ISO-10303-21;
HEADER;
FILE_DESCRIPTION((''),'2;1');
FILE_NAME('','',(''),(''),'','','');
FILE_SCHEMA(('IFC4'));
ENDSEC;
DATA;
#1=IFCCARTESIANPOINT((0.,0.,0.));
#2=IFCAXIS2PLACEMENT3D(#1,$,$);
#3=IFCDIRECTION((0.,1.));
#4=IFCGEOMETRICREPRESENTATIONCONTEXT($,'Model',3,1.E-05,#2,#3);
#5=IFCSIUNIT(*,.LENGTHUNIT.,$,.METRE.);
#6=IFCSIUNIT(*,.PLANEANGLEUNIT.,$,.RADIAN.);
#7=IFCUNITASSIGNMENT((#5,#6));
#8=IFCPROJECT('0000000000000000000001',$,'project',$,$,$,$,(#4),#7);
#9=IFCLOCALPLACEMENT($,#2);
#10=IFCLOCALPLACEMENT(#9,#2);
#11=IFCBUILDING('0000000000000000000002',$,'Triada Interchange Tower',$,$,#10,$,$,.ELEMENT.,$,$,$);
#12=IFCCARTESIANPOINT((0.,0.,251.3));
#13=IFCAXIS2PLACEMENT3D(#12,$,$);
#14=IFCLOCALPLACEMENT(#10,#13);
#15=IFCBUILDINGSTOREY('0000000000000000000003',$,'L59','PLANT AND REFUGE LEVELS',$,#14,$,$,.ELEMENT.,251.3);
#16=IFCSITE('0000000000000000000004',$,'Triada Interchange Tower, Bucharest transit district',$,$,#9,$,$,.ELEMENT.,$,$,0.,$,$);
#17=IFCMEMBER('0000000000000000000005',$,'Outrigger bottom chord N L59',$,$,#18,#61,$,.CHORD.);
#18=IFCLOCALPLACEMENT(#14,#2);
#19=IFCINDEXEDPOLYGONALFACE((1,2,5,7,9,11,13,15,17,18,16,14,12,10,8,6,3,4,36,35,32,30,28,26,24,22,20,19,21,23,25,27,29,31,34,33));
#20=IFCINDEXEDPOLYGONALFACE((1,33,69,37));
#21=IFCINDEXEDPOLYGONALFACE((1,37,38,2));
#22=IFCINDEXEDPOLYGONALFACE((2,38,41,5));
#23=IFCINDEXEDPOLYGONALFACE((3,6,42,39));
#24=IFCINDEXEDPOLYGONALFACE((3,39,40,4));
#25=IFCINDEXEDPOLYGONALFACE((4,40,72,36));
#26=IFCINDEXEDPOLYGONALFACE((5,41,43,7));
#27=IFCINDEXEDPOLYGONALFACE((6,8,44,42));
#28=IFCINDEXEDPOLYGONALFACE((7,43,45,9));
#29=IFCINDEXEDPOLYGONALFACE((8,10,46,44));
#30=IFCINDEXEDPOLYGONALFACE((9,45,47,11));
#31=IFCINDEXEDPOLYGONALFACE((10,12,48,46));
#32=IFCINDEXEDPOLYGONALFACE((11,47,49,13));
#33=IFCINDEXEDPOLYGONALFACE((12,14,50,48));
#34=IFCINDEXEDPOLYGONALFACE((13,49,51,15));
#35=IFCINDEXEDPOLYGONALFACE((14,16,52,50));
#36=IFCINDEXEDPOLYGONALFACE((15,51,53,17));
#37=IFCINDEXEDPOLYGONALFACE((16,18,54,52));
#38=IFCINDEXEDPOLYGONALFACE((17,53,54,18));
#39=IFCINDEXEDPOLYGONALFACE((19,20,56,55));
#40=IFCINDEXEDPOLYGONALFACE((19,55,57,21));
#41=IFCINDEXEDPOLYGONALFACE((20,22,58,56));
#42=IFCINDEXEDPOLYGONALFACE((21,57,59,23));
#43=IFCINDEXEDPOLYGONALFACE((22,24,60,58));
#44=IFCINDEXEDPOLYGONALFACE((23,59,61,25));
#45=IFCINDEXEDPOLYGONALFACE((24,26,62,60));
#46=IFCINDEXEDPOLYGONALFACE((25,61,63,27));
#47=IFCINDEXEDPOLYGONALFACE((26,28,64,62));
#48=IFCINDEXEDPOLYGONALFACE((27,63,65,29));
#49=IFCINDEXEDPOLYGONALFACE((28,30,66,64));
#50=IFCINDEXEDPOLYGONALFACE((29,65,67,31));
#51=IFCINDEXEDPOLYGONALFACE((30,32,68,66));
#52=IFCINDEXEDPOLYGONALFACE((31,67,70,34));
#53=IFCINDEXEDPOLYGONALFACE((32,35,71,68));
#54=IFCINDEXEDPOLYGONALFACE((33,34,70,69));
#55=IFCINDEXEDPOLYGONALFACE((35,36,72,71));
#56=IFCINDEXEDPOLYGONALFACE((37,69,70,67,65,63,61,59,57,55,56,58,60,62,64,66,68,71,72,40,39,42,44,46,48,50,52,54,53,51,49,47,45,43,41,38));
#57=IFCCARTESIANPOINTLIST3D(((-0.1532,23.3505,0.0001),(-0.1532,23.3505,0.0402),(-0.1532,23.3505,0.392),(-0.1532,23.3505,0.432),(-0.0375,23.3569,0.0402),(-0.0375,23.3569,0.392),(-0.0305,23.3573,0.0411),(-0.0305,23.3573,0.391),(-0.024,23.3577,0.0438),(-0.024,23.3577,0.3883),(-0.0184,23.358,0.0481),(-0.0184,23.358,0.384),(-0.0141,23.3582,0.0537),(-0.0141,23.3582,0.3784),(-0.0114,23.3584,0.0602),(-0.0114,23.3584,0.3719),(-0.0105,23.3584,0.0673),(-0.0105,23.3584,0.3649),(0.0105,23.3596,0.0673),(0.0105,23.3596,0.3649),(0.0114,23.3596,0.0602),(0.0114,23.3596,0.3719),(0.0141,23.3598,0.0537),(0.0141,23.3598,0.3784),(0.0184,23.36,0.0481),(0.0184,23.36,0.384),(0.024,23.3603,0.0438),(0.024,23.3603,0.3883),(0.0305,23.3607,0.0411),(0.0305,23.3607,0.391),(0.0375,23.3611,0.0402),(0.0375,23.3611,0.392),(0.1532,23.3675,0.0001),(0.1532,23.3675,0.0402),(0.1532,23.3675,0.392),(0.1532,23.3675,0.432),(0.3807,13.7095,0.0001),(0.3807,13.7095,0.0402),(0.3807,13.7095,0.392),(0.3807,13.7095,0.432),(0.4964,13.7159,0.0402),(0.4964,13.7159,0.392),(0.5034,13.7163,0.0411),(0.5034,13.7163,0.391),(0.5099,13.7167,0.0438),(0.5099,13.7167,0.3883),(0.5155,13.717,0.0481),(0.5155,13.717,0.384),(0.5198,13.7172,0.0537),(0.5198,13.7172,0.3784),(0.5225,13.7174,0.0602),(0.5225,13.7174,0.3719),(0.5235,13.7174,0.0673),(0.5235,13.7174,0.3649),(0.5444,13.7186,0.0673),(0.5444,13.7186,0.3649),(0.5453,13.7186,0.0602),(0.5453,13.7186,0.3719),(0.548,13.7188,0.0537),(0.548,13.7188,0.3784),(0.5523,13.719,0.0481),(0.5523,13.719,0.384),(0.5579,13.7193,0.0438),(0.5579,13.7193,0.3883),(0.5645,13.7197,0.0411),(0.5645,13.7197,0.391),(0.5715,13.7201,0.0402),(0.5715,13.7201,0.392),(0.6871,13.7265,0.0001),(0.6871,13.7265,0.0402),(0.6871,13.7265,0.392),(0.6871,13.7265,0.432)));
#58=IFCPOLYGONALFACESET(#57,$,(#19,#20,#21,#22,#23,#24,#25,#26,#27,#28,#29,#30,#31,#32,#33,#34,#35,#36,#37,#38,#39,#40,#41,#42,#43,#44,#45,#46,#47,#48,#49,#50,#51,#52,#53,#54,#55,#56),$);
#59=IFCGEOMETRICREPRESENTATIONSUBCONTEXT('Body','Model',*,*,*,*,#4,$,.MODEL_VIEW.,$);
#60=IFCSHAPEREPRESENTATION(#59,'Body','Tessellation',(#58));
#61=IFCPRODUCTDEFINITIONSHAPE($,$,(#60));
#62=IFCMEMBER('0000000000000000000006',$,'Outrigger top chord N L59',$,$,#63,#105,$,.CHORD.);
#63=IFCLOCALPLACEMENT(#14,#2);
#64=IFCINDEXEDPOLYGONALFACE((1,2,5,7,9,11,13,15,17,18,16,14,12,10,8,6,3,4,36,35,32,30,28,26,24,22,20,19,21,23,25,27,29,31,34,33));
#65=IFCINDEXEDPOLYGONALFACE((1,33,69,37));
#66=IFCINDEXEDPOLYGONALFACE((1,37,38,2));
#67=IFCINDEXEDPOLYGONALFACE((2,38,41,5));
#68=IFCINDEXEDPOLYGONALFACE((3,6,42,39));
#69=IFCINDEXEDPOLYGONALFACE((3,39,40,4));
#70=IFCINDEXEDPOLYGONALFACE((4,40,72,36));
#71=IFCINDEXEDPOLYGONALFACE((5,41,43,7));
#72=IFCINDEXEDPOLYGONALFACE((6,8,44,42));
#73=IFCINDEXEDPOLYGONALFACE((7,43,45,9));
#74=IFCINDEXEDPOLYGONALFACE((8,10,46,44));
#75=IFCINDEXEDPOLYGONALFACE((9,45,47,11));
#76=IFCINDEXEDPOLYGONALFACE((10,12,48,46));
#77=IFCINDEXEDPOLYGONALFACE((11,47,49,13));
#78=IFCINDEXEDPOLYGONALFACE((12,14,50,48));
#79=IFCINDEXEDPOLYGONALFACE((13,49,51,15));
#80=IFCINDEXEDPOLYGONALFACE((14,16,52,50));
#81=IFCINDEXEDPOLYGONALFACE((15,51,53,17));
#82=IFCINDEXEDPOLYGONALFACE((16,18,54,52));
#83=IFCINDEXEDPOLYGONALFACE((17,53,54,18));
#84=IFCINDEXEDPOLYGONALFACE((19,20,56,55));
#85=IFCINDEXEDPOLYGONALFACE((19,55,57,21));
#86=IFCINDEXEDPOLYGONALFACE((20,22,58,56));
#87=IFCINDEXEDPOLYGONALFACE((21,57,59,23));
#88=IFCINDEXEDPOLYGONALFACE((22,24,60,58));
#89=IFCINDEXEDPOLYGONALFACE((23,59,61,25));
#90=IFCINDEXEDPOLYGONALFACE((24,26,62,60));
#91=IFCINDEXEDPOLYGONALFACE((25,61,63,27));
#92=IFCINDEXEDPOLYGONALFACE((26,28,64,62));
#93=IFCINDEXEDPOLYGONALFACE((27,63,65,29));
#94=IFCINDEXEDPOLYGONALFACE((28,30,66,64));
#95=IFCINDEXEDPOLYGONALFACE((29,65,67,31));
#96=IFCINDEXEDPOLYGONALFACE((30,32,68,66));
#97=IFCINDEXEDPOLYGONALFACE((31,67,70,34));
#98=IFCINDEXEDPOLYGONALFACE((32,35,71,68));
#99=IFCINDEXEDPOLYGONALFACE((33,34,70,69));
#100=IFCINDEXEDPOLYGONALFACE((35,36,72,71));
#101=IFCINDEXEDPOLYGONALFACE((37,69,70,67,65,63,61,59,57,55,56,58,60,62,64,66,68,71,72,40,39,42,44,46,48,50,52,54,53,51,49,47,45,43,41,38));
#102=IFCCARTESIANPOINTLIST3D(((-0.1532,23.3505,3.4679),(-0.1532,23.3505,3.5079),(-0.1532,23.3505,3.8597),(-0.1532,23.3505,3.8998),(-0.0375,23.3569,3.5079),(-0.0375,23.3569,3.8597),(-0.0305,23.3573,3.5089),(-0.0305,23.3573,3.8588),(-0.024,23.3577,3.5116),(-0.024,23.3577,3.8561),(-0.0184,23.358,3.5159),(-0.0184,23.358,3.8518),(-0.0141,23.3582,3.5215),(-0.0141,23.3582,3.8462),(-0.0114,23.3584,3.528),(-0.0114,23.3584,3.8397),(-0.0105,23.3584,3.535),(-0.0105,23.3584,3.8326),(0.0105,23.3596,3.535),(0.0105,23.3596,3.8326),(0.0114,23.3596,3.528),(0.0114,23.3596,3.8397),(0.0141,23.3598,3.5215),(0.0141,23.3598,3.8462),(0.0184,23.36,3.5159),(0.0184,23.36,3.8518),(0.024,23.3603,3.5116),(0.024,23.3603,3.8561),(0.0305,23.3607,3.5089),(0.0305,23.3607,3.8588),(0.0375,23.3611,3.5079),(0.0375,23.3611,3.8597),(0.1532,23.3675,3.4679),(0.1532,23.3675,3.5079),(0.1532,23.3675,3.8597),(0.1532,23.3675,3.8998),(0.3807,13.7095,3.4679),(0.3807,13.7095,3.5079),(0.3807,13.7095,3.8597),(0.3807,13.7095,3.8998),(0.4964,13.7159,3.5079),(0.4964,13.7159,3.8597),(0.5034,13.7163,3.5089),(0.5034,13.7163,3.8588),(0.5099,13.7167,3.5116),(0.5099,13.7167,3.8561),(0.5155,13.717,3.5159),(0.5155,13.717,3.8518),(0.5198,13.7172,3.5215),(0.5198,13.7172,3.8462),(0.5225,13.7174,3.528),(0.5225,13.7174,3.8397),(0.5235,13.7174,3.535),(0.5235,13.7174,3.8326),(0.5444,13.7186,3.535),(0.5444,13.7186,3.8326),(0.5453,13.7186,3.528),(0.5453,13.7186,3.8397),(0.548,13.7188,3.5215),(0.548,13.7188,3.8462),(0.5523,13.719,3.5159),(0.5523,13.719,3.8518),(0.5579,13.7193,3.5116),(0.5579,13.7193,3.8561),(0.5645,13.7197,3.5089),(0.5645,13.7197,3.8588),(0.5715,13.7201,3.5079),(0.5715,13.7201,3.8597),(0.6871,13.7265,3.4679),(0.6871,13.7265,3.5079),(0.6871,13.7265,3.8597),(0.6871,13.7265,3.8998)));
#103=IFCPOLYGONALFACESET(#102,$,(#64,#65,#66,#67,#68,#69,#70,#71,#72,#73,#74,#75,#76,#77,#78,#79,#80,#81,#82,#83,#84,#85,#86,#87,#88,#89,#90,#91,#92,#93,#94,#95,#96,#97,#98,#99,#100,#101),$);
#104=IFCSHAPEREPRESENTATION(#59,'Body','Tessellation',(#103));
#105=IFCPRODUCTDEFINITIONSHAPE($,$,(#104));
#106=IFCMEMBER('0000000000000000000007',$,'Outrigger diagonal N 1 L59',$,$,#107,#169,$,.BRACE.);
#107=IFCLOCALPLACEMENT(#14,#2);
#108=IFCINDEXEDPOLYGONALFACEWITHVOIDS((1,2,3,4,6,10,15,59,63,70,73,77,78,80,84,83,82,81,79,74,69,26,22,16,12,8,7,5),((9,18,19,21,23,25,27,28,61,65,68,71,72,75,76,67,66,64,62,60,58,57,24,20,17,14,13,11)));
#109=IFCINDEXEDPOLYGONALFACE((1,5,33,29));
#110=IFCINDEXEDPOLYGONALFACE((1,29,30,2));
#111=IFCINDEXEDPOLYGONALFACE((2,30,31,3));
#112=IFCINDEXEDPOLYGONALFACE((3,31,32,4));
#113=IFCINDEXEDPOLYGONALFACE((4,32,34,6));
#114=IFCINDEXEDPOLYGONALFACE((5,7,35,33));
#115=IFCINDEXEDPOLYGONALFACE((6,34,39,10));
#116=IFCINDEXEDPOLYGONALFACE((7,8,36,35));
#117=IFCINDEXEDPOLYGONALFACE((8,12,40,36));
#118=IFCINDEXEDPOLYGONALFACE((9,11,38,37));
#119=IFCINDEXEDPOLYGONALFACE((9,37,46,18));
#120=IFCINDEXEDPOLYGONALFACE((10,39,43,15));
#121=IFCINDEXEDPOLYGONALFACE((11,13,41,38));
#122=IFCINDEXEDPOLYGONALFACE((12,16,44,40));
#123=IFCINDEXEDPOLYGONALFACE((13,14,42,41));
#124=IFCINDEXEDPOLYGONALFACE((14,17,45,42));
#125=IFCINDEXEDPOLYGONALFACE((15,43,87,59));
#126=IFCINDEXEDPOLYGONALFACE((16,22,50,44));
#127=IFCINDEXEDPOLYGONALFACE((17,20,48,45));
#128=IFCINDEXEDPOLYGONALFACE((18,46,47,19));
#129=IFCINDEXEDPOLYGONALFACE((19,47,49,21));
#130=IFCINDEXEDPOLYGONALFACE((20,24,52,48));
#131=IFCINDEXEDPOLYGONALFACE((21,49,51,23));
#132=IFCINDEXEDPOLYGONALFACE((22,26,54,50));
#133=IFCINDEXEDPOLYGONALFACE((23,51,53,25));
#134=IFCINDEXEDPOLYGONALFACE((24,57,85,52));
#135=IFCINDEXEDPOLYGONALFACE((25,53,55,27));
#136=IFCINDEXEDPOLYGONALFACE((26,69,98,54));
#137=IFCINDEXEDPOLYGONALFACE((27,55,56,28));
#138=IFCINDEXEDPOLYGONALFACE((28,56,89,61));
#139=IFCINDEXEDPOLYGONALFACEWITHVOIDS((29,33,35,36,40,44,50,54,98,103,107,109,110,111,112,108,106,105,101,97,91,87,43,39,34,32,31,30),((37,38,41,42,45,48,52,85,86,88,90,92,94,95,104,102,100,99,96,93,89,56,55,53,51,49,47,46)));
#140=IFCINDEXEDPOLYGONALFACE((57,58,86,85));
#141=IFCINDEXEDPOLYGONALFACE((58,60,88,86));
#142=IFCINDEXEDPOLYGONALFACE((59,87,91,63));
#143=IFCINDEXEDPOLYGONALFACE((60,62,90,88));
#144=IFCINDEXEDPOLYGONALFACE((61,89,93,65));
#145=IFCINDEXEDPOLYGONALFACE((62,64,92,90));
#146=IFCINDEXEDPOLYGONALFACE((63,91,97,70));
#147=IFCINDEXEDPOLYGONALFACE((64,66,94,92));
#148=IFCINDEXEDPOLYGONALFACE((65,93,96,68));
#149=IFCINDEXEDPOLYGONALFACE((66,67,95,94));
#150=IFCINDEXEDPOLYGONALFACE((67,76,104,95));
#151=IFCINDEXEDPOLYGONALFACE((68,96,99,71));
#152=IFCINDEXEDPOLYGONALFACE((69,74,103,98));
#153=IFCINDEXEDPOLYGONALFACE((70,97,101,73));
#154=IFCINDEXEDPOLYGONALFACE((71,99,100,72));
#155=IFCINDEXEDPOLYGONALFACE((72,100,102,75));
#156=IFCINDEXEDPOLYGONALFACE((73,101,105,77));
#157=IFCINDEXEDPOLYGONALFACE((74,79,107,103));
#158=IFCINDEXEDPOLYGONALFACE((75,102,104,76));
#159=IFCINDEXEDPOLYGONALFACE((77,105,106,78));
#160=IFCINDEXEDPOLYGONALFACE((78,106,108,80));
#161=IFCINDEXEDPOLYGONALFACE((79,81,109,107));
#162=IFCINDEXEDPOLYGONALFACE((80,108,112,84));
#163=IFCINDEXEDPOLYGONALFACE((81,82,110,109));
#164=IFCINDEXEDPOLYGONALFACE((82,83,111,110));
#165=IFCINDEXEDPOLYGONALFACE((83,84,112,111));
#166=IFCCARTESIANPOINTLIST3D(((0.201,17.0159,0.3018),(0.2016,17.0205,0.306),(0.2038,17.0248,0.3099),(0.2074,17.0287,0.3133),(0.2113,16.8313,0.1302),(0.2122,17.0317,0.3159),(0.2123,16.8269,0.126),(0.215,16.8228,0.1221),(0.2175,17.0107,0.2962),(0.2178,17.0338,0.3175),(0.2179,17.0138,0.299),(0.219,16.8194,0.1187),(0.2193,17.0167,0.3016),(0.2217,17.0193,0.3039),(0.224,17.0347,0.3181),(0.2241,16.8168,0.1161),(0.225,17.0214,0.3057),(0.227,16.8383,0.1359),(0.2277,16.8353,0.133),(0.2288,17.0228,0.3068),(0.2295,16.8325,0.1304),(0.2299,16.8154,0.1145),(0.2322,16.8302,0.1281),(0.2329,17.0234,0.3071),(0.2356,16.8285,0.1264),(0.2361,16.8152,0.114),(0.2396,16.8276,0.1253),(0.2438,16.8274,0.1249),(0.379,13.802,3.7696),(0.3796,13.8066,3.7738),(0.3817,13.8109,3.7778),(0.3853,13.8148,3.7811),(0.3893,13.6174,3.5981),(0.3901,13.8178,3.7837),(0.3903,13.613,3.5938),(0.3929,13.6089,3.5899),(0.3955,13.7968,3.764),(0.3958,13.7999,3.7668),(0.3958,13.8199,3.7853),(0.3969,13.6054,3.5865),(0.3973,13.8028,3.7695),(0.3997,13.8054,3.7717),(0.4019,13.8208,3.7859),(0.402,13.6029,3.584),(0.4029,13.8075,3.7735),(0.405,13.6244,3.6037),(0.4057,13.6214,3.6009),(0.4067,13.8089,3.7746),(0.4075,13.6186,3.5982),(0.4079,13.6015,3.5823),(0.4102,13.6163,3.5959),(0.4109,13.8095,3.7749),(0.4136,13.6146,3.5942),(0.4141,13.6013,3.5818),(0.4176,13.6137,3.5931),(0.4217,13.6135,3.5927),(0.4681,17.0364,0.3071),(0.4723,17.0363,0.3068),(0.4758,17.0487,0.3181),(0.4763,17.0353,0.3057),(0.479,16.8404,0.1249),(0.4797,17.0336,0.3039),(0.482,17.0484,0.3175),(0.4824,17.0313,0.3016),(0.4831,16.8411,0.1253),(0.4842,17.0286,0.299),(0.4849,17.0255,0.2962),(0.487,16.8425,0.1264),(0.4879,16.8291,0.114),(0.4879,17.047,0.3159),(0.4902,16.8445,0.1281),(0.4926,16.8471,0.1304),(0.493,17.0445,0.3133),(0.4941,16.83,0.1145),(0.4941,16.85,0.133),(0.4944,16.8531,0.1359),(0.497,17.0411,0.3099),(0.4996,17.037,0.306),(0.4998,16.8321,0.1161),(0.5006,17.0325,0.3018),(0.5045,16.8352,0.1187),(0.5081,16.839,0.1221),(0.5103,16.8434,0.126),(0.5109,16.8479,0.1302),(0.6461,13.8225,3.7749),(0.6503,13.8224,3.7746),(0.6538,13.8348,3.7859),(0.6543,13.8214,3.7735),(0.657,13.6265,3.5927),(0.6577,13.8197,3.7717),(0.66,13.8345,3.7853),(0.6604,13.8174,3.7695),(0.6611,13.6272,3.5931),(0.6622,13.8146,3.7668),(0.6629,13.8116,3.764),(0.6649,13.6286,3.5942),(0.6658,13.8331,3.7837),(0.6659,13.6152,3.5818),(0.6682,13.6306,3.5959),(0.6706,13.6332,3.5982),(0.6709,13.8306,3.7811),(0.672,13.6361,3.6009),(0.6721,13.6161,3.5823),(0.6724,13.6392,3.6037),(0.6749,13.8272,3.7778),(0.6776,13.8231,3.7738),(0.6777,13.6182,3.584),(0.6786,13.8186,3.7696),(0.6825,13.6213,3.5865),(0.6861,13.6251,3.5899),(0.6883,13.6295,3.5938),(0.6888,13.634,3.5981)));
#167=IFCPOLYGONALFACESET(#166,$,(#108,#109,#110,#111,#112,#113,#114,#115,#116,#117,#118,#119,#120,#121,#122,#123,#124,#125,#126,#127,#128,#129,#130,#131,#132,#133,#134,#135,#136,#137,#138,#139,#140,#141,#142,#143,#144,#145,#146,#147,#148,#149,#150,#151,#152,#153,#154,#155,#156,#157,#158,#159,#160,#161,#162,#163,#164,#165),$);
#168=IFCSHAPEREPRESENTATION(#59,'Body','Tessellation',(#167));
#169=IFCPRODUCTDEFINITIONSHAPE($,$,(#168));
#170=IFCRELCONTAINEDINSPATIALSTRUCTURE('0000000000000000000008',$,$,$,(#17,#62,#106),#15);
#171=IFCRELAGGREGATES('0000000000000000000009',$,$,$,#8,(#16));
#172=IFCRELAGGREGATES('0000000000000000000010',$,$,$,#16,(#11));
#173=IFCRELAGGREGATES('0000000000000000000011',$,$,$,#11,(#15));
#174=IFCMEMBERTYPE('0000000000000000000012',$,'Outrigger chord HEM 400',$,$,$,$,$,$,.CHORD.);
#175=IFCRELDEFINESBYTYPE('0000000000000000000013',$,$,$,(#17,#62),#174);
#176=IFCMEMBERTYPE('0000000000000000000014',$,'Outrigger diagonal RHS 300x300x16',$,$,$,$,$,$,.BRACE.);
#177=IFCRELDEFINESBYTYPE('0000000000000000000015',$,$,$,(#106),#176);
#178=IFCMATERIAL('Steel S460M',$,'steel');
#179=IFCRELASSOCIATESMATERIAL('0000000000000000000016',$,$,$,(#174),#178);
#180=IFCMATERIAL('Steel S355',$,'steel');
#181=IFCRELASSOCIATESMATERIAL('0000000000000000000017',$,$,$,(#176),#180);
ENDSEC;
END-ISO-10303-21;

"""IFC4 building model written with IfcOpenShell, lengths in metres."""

from ifc_helpers import new_model, si_unit, direction, frame, origin, origin_2d, place, context, subcontext, project, spatial, hollow_rectangle, i_section, extrude, material, material_profile, profile_set, type_object, element, save


model = new_model("IFC4")

# Units and contexts
model_context = context("Model", 3, precision=1e-05, world=origin(), true_north=direction((0.0, 1.0)))
body_context = subcontext(model_context, "Body", "Model", "MODEL_VIEW")
ifc_project = project(units=[si_unit("LENGTHUNIT", "METRE"), si_unit("PLANEANGLEUNIT", "RADIAN")], contexts=[model_context])

# Site, building, storey
site_placement = place(None, origin())
site = spatial("IfcSite", under=ifc_project, at=site_placement, Name="Triada Interchange Tower, Bucharest transit district", CompositionType="ELEMENT", RefElevation=0.0)
building_placement = place(site_placement, origin())
building = spatial("IfcBuilding", under=site, at=building_placement, Name="Triada Interchange Tower", CompositionType="ELEMENT")
storey_placement = place(building_placement, frame((0.0, 0.0, 251.3)))
storey = spatial("IfcBuildingStorey", under=building, at=storey_placement, Name="L59", Description="PLANT AND REFUGE LEVELS", CompositionType="ELEMENT", Elevation=251.3)

# Shared definitions
ifc_material_1 = material(Name="Steel S355", Category="steel")

# Members
ifc_material_2 = material(Name="Steel S460M", Category="steel")
ifc_material_profile_1 = material_profile(ifc_material_2, i_section(OverallWidth=0.3069, OverallDepth=0.4319, WebThickness=0.021, FlangeThickness=0.04, FilletRadius=0.0271, at=origin_2d()), Name="HEM 400")
ifc_profile_set_1 = profile_set([ifc_material_profile_1], Name="Steel S460M")
member_type_1 = type_object("IfcMemberType", Name="Outrigger chord HEM 400", PredefinedType="CHORD", material=ifc_profile_set_1)
for number, where, z_axis, x_axis, name in (
    (1, (0.5339, 13.718, 0.2161), (-0.055298, 0.99847, 0.0), (-0.99847, -0.055298, 0.0), "Outrigger bottom chord N L59"),
    (2, (0.5339, 13.718, 3.6838), (-0.055298, 0.99847, 0.0), (-0.99847, -0.055298, 0.0), "Outrigger top chord N L59"),
):
    element("IfcMember", number, at=place(storey_placement, frame(where, z_axis=z_axis, x_axis=x_axis)), inside=storey, type_object=member_type_1, Name=name, PredefinedType="CHORD", context=body_context, shape_type="SweptSolid", body=[
        extrude(i_section(OverallWidth=0.3069, OverallDepth=0.4319, WebThickness=0.021, FlangeThickness=0.04, FilletRadius=0.0271, at=origin_2d()), origin(), (0.0, 0.0, 1.0), 9.6558),
    ])
ifc_material_profile_2 = material_profile(ifc_material_1, hollow_rectangle(XDim=0.3, YDim=0.3, WallThickness=0.0161, InnerFilletRadius=0.0161, OuterFilletRadius=0.0239, at=origin_2d()), Name="RHS 300x300x16")
ifc_profile_set_2 = profile_set([ifc_material_profile_2], Name="Steel S355")
member_type_2 = type_object("IfcMemberType", Name="Outrigger diagonal RHS 300x300x16", PredefinedType="BRACE", material=ifc_profile_set_2)
member_1_placement = place(storey_placement, frame((0.5339, 13.718, 3.6838), z_axis=(-0.037617, 0.679265, -0.732929), x_axis=(-0.99847, -0.055294, 0.0)))
element("IfcMember", 3, at=member_1_placement, inside=storey, type_object=member_type_2, Name="Outrigger diagonal N 1 L59", PredefinedType="BRACE", context=body_context, shape_type="SweptSolid", body=[
    extrude(hollow_rectangle(XDim=0.3, YDim=0.3, WallThickness=0.0161, InnerFilletRadius=0.0161, OuterFilletRadius=0.0239, at=origin_2d()), origin(), (0.0, 0.0, 1.0), 4.7314),
])

save(model, "model.ifc")
